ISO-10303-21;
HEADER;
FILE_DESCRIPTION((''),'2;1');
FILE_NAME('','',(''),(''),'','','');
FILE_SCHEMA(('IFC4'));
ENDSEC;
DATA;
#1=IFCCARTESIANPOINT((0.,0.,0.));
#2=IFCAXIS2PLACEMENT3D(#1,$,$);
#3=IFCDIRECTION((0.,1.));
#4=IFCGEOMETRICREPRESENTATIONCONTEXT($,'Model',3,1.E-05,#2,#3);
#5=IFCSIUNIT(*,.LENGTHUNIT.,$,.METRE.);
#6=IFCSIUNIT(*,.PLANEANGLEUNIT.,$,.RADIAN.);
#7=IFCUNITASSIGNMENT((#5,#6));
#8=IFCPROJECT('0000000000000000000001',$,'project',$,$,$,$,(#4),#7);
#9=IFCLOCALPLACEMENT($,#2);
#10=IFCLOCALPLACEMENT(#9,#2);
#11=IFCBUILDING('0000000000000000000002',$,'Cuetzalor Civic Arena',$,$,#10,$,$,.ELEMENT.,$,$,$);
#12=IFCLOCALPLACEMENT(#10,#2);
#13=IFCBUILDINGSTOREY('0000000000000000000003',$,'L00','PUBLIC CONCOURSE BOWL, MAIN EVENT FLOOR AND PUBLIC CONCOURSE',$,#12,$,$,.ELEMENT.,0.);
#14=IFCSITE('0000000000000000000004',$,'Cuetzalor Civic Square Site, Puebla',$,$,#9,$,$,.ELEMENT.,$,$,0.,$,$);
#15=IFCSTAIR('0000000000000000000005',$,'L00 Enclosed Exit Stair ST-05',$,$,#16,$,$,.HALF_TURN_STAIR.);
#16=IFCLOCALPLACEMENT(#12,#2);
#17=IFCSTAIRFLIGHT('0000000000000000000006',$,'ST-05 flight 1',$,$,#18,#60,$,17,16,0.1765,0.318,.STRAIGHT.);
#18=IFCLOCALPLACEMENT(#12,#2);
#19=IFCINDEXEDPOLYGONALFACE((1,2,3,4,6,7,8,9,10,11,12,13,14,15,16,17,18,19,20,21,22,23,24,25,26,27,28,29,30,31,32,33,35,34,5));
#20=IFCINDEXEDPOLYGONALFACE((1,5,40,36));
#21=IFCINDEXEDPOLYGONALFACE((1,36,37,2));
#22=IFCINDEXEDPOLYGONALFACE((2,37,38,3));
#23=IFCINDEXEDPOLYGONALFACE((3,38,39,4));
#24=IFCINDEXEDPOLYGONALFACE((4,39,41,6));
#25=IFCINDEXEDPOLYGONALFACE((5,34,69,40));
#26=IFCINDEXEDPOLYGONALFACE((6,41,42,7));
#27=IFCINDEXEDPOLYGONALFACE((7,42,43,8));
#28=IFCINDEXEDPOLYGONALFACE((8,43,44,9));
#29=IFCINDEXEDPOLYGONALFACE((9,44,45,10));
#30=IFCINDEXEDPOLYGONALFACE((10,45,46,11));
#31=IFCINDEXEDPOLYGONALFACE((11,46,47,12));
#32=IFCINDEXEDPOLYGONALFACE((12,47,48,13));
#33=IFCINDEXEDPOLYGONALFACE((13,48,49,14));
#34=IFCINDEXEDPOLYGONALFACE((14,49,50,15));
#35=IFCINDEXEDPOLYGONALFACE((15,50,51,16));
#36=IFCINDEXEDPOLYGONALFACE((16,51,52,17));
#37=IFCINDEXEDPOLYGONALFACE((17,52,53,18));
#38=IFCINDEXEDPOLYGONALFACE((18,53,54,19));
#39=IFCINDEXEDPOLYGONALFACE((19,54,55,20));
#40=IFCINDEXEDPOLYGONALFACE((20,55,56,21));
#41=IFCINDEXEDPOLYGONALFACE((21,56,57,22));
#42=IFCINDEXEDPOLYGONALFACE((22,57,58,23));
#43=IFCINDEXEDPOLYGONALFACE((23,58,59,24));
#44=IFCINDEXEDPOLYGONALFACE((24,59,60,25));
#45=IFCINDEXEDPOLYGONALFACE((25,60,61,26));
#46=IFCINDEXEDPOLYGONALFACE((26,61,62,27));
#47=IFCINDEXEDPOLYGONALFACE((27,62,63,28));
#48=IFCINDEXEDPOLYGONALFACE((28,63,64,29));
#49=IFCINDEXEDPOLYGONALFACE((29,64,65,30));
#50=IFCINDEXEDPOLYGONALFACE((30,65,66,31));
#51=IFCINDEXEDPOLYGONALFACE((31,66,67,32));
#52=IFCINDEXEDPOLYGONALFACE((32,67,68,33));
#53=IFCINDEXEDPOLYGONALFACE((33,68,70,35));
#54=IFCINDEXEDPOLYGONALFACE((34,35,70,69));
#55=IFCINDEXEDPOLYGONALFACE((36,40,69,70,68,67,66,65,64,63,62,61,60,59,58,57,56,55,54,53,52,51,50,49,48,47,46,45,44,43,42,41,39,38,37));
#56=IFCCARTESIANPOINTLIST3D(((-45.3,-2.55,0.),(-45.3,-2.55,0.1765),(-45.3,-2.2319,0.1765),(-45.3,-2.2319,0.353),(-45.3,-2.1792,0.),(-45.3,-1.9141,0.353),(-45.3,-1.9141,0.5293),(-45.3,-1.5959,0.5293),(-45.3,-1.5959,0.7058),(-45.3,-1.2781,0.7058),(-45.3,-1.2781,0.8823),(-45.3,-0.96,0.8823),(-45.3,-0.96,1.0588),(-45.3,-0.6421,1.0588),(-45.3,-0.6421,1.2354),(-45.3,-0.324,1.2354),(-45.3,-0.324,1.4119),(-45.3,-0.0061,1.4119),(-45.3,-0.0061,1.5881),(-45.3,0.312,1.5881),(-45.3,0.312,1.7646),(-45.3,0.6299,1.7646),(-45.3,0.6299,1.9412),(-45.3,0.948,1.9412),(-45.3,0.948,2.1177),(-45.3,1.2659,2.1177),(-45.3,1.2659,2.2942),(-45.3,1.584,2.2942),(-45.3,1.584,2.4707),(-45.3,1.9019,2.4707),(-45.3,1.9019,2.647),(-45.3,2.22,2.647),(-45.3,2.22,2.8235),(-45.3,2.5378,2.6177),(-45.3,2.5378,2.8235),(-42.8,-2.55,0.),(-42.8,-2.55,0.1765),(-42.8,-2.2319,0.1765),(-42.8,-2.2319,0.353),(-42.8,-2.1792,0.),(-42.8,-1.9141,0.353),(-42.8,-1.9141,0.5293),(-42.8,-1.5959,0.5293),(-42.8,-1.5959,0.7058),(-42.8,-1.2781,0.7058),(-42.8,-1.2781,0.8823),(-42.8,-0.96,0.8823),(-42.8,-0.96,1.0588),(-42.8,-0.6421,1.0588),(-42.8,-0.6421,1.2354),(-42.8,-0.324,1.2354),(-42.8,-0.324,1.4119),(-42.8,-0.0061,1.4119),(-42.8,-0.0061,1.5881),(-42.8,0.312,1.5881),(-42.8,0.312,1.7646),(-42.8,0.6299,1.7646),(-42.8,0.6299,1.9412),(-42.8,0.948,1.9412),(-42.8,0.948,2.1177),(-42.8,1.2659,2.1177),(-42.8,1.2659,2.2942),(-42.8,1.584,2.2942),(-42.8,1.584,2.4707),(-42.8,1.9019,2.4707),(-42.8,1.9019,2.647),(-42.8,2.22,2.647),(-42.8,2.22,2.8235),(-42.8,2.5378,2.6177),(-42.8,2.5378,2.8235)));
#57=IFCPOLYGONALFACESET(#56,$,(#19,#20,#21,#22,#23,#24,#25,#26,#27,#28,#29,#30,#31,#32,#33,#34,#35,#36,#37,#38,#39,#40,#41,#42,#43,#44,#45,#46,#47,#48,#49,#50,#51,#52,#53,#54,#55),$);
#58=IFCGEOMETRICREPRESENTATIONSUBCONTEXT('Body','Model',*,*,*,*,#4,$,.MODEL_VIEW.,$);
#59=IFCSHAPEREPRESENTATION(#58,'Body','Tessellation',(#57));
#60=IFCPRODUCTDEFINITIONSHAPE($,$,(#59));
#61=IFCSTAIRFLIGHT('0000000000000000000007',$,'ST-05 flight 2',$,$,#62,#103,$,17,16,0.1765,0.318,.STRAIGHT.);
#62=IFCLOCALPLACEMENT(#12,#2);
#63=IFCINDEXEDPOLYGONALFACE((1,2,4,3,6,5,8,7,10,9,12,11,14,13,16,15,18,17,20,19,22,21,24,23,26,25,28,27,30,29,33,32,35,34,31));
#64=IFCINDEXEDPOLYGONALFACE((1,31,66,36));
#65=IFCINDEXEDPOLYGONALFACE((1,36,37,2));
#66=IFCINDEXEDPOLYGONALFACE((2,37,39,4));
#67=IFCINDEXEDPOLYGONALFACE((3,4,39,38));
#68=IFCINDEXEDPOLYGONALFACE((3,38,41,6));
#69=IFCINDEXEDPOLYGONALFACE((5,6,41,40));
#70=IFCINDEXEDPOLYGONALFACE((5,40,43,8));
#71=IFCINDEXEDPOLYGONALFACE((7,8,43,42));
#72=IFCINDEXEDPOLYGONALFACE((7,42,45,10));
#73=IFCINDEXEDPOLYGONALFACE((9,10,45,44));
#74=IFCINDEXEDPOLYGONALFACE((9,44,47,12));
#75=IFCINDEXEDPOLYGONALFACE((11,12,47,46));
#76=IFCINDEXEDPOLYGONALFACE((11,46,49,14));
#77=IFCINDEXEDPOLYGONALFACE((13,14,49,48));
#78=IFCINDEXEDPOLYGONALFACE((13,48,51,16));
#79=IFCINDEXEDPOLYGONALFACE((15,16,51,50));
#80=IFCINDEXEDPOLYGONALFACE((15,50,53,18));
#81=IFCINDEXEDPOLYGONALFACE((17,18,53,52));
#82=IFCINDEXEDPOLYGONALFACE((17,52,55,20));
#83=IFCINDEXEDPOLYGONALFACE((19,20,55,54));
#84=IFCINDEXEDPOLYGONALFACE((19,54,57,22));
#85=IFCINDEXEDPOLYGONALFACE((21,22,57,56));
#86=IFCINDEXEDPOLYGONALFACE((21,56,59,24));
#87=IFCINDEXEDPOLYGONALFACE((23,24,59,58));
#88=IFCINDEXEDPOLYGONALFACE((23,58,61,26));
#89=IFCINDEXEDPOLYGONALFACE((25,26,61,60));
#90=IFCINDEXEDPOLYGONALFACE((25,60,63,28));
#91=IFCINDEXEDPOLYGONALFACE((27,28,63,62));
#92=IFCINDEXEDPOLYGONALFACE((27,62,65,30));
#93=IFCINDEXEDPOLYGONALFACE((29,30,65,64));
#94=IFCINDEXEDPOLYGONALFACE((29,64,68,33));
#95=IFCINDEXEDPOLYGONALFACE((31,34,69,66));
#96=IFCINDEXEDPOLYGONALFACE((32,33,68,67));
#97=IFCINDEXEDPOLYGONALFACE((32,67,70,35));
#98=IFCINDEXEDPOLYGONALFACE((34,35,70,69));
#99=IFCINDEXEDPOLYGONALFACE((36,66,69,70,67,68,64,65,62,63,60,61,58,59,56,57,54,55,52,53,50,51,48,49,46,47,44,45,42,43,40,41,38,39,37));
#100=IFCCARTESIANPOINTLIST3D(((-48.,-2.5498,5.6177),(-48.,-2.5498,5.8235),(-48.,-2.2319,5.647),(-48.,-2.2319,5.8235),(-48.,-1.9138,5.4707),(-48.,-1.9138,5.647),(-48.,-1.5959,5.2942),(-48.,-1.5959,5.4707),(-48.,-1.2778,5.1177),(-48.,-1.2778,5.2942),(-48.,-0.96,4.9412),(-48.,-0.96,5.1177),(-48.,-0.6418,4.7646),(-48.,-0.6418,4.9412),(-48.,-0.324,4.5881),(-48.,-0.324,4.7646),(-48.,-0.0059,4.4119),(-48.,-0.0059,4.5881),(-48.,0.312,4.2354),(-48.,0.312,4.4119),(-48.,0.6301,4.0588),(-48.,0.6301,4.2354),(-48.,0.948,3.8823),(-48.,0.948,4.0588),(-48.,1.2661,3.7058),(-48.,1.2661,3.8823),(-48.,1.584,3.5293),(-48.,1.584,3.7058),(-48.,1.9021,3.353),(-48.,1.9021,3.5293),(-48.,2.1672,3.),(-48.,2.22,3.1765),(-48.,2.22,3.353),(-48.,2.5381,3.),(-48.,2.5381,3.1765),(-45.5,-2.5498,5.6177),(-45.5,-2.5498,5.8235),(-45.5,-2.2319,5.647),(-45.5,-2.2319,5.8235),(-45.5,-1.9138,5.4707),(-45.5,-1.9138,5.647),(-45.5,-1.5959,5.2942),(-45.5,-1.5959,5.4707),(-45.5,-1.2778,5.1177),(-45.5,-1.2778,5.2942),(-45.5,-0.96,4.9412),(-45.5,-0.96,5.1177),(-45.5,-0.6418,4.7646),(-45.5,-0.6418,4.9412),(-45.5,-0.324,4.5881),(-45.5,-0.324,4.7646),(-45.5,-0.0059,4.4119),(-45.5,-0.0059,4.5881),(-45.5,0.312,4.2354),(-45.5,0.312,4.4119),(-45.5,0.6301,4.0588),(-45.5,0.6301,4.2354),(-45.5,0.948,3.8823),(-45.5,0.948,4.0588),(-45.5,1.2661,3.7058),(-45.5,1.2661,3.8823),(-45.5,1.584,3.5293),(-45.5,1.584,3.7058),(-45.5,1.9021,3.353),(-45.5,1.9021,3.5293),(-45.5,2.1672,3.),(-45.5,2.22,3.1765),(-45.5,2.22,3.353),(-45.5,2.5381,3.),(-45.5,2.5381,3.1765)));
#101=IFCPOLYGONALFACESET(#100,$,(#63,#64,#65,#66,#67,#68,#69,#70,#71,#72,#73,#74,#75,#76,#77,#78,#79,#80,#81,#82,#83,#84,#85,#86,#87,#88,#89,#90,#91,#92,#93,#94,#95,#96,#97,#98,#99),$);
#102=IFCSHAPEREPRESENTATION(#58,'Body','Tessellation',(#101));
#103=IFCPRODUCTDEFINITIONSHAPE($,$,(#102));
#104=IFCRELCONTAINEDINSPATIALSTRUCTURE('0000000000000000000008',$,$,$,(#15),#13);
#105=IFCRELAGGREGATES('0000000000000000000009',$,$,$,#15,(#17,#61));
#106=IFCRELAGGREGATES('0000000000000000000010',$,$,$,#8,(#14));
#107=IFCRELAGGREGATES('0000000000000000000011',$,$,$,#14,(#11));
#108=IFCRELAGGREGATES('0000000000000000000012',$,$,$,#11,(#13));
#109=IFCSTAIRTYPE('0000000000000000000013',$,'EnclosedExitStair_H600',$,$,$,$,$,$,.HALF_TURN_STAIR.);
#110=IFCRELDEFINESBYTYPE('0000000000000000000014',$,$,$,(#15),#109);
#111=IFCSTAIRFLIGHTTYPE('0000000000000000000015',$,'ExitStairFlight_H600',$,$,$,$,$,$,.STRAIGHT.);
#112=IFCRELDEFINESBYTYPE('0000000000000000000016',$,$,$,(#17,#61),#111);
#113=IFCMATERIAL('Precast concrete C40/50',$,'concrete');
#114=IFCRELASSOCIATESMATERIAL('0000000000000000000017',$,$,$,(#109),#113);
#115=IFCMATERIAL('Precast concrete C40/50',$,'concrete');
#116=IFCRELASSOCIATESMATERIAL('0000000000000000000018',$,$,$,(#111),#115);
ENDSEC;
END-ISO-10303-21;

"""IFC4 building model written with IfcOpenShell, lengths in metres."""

from ifc_helpers import new_model, si_unit, direction, frame, origin, place, context, subcontext, project, spatial, polyline, outline, extrude, material, type_object, element, aggregate, save


model = new_model("IFC4")

# Units and contexts
model_context = context("Model", 3, precision=1e-05, world=origin(), true_north=direction((0.0, 1.0)))
body_context = subcontext(model_context, "Body", "Model", "MODEL_VIEW")
ifc_project = project(units=[si_unit("LENGTHUNIT", "METRE"), si_unit("PLANEANGLEUNIT", "RADIAN")], contexts=[model_context])

# Site, building, storey
site_placement = place(None, origin())
site = spatial("IfcSite", under=ifc_project, at=site_placement, Name="Cuetzalor Civic Square Site, Puebla", CompositionType="ELEMENT", RefElevation=0.0)
building_placement = place(site_placement, origin())
building = spatial("IfcBuilding", under=site, at=building_placement, Name="Cuetzalor Civic Arena", CompositionType="ELEMENT")
storey_placement = place(building_placement, origin())
storey = spatial("IfcBuildingStorey", under=building, at=storey_placement, Name="L00", Description="PUBLIC CONCOURSE BOWL, MAIN EVENT FLOOR AND PUBLIC CONCOURSE", CompositionType="ELEMENT", Elevation=0.0)

# Stair, stair flights
ifc_material_1 = material(Name="Precast concrete C40/50", Category="concrete")
stair_type = type_object("IfcStairType", Name="EnclosedExitStair_H600", PredefinedType="HALF_TURN_STAIR", material=ifc_material_1)
stair_placement = place(storey_placement, origin())
stair = element("IfcStair", 1, at=stair_placement, inside=storey, type_object=stair_type, Name="L00 Enclosed Exit Stair ST-05", PredefinedType="HALF_TURN_STAIR")
ifc_material_2 = material(Name="Precast concrete C40/50", Category="concrete")
stair_flight_type = type_object("IfcStairFlightType", Name="ExitStairFlight_H600", PredefinedType="STRAIGHT", material=ifc_material_2)
stair_flight_1_placement = place(storey_placement, frame((-44.05, -2.55, 0.0), z_axis=(0.0, 0.0, 1.0), x_axis=(0.0, 1.0, 0.0)))
stair_flight_1 = element("IfcStairFlight", 2, at=stair_flight_1_placement, type_object=stair_flight_type, Name="ST-05 flight 1", NumberOfRisers=17, NumberOfTreads=16, PredefinedType="STRAIGHT", RiserHeight=0.1765, TreadLength=0.318, context=body_context, shape_type="SweptSolid", body=[
    extrude(outline(polyline([(0.0, 0.0), (0.0, 0.1765), (0.3181, 0.1765), (0.3181, 0.353), (0.636, 0.353), (0.636, 0.5293), (0.9541, 0.5293), (0.9541, 0.7058), (1.272, 0.7058), (1.272, 0.8823), (1.5901, 0.8823), (1.5901, 1.0588), (1.908, 1.0588), (1.908, 1.2354), (2.2261, 1.2354), (2.2261, 1.4119), (2.5439, 1.4119), (2.5439, 1.5881), (2.8621, 1.5881), (2.8621, 1.7646), (3.1799, 1.7646), (3.1799, 1.9412), (3.498, 1.9412), (3.498, 2.1177), (3.8159, 2.1177), (3.8159, 2.2942), (4.134, 2.2942), (4.134, 2.4707), (4.4519, 2.4707), (4.4519, 2.647), (4.77, 2.647), (4.77, 2.8235), (5.0879, 2.8235), (5.0879, 3.0), (5.0879, 2.6177), (0.3708, 0.0), (0.0, 0.0)])), frame((0.0, 1.25, 0.0), z_axis=(0.0, -1.0, 0.0), x_axis=(1.0, 0.0, 0.0)), (0.0, 0.0, 1.0), 2.5),
])
stair_flight_2_placement = place(storey_placement, frame((-46.75, 2.5381, 3.0), z_axis=(0.0, 0.0, 1.0), x_axis=(0.0, -1.0, 0.0)))
stair_flight_2 = element("IfcStairFlight", 3, at=stair_flight_2_placement, type_object=stair_flight_type, Name="ST-05 flight 2", NumberOfRisers=17, NumberOfTreads=16, PredefinedType="STRAIGHT", RiserHeight=0.1765, TreadLength=0.318, context=body_context, shape_type="SweptSolid", body=[
    extrude(outline(polyline([(0.0, 0.0), (0.0, 0.1765), (0.3181, 0.1765), (0.3181, 0.353), (0.636, 0.353), (0.636, 0.5293), (0.9541, 0.5293), (0.9541, 0.7058), (1.272, 0.7058), (1.272, 0.8823), (1.5901, 0.8823), (1.5901, 1.0588), (1.908, 1.0588), (1.908, 1.2354), (2.2261, 1.2354), (2.2261, 1.4119), (2.5439, 1.4119), (2.5439, 1.5881), (2.8621, 1.5881), (2.8621, 1.7646), (3.1799, 1.7646), (3.1799, 1.9412), (3.498, 1.9412), (3.498, 2.1177), (3.8159, 2.1177), (3.8159, 2.2942), (4.134, 2.2942), (4.134, 2.4707), (4.4519, 2.4707), (4.4519, 2.647), (4.77, 2.647), (4.77, 2.8235), (5.0879, 2.8235), (5.0879, 3.0), (5.0879, 2.6177), (0.3708, 0.0), (0.0, 0.0)])), frame((0.0, 1.25, 0.0), z_axis=(0.0, -1.0, 0.0), x_axis=(1.0, 0.0, 0.0)), (0.0, 0.0, 1.0), 2.5),
])
aggregate(stair, [stair_flight_1, stair_flight_2])

save(model, "model.ifc")
